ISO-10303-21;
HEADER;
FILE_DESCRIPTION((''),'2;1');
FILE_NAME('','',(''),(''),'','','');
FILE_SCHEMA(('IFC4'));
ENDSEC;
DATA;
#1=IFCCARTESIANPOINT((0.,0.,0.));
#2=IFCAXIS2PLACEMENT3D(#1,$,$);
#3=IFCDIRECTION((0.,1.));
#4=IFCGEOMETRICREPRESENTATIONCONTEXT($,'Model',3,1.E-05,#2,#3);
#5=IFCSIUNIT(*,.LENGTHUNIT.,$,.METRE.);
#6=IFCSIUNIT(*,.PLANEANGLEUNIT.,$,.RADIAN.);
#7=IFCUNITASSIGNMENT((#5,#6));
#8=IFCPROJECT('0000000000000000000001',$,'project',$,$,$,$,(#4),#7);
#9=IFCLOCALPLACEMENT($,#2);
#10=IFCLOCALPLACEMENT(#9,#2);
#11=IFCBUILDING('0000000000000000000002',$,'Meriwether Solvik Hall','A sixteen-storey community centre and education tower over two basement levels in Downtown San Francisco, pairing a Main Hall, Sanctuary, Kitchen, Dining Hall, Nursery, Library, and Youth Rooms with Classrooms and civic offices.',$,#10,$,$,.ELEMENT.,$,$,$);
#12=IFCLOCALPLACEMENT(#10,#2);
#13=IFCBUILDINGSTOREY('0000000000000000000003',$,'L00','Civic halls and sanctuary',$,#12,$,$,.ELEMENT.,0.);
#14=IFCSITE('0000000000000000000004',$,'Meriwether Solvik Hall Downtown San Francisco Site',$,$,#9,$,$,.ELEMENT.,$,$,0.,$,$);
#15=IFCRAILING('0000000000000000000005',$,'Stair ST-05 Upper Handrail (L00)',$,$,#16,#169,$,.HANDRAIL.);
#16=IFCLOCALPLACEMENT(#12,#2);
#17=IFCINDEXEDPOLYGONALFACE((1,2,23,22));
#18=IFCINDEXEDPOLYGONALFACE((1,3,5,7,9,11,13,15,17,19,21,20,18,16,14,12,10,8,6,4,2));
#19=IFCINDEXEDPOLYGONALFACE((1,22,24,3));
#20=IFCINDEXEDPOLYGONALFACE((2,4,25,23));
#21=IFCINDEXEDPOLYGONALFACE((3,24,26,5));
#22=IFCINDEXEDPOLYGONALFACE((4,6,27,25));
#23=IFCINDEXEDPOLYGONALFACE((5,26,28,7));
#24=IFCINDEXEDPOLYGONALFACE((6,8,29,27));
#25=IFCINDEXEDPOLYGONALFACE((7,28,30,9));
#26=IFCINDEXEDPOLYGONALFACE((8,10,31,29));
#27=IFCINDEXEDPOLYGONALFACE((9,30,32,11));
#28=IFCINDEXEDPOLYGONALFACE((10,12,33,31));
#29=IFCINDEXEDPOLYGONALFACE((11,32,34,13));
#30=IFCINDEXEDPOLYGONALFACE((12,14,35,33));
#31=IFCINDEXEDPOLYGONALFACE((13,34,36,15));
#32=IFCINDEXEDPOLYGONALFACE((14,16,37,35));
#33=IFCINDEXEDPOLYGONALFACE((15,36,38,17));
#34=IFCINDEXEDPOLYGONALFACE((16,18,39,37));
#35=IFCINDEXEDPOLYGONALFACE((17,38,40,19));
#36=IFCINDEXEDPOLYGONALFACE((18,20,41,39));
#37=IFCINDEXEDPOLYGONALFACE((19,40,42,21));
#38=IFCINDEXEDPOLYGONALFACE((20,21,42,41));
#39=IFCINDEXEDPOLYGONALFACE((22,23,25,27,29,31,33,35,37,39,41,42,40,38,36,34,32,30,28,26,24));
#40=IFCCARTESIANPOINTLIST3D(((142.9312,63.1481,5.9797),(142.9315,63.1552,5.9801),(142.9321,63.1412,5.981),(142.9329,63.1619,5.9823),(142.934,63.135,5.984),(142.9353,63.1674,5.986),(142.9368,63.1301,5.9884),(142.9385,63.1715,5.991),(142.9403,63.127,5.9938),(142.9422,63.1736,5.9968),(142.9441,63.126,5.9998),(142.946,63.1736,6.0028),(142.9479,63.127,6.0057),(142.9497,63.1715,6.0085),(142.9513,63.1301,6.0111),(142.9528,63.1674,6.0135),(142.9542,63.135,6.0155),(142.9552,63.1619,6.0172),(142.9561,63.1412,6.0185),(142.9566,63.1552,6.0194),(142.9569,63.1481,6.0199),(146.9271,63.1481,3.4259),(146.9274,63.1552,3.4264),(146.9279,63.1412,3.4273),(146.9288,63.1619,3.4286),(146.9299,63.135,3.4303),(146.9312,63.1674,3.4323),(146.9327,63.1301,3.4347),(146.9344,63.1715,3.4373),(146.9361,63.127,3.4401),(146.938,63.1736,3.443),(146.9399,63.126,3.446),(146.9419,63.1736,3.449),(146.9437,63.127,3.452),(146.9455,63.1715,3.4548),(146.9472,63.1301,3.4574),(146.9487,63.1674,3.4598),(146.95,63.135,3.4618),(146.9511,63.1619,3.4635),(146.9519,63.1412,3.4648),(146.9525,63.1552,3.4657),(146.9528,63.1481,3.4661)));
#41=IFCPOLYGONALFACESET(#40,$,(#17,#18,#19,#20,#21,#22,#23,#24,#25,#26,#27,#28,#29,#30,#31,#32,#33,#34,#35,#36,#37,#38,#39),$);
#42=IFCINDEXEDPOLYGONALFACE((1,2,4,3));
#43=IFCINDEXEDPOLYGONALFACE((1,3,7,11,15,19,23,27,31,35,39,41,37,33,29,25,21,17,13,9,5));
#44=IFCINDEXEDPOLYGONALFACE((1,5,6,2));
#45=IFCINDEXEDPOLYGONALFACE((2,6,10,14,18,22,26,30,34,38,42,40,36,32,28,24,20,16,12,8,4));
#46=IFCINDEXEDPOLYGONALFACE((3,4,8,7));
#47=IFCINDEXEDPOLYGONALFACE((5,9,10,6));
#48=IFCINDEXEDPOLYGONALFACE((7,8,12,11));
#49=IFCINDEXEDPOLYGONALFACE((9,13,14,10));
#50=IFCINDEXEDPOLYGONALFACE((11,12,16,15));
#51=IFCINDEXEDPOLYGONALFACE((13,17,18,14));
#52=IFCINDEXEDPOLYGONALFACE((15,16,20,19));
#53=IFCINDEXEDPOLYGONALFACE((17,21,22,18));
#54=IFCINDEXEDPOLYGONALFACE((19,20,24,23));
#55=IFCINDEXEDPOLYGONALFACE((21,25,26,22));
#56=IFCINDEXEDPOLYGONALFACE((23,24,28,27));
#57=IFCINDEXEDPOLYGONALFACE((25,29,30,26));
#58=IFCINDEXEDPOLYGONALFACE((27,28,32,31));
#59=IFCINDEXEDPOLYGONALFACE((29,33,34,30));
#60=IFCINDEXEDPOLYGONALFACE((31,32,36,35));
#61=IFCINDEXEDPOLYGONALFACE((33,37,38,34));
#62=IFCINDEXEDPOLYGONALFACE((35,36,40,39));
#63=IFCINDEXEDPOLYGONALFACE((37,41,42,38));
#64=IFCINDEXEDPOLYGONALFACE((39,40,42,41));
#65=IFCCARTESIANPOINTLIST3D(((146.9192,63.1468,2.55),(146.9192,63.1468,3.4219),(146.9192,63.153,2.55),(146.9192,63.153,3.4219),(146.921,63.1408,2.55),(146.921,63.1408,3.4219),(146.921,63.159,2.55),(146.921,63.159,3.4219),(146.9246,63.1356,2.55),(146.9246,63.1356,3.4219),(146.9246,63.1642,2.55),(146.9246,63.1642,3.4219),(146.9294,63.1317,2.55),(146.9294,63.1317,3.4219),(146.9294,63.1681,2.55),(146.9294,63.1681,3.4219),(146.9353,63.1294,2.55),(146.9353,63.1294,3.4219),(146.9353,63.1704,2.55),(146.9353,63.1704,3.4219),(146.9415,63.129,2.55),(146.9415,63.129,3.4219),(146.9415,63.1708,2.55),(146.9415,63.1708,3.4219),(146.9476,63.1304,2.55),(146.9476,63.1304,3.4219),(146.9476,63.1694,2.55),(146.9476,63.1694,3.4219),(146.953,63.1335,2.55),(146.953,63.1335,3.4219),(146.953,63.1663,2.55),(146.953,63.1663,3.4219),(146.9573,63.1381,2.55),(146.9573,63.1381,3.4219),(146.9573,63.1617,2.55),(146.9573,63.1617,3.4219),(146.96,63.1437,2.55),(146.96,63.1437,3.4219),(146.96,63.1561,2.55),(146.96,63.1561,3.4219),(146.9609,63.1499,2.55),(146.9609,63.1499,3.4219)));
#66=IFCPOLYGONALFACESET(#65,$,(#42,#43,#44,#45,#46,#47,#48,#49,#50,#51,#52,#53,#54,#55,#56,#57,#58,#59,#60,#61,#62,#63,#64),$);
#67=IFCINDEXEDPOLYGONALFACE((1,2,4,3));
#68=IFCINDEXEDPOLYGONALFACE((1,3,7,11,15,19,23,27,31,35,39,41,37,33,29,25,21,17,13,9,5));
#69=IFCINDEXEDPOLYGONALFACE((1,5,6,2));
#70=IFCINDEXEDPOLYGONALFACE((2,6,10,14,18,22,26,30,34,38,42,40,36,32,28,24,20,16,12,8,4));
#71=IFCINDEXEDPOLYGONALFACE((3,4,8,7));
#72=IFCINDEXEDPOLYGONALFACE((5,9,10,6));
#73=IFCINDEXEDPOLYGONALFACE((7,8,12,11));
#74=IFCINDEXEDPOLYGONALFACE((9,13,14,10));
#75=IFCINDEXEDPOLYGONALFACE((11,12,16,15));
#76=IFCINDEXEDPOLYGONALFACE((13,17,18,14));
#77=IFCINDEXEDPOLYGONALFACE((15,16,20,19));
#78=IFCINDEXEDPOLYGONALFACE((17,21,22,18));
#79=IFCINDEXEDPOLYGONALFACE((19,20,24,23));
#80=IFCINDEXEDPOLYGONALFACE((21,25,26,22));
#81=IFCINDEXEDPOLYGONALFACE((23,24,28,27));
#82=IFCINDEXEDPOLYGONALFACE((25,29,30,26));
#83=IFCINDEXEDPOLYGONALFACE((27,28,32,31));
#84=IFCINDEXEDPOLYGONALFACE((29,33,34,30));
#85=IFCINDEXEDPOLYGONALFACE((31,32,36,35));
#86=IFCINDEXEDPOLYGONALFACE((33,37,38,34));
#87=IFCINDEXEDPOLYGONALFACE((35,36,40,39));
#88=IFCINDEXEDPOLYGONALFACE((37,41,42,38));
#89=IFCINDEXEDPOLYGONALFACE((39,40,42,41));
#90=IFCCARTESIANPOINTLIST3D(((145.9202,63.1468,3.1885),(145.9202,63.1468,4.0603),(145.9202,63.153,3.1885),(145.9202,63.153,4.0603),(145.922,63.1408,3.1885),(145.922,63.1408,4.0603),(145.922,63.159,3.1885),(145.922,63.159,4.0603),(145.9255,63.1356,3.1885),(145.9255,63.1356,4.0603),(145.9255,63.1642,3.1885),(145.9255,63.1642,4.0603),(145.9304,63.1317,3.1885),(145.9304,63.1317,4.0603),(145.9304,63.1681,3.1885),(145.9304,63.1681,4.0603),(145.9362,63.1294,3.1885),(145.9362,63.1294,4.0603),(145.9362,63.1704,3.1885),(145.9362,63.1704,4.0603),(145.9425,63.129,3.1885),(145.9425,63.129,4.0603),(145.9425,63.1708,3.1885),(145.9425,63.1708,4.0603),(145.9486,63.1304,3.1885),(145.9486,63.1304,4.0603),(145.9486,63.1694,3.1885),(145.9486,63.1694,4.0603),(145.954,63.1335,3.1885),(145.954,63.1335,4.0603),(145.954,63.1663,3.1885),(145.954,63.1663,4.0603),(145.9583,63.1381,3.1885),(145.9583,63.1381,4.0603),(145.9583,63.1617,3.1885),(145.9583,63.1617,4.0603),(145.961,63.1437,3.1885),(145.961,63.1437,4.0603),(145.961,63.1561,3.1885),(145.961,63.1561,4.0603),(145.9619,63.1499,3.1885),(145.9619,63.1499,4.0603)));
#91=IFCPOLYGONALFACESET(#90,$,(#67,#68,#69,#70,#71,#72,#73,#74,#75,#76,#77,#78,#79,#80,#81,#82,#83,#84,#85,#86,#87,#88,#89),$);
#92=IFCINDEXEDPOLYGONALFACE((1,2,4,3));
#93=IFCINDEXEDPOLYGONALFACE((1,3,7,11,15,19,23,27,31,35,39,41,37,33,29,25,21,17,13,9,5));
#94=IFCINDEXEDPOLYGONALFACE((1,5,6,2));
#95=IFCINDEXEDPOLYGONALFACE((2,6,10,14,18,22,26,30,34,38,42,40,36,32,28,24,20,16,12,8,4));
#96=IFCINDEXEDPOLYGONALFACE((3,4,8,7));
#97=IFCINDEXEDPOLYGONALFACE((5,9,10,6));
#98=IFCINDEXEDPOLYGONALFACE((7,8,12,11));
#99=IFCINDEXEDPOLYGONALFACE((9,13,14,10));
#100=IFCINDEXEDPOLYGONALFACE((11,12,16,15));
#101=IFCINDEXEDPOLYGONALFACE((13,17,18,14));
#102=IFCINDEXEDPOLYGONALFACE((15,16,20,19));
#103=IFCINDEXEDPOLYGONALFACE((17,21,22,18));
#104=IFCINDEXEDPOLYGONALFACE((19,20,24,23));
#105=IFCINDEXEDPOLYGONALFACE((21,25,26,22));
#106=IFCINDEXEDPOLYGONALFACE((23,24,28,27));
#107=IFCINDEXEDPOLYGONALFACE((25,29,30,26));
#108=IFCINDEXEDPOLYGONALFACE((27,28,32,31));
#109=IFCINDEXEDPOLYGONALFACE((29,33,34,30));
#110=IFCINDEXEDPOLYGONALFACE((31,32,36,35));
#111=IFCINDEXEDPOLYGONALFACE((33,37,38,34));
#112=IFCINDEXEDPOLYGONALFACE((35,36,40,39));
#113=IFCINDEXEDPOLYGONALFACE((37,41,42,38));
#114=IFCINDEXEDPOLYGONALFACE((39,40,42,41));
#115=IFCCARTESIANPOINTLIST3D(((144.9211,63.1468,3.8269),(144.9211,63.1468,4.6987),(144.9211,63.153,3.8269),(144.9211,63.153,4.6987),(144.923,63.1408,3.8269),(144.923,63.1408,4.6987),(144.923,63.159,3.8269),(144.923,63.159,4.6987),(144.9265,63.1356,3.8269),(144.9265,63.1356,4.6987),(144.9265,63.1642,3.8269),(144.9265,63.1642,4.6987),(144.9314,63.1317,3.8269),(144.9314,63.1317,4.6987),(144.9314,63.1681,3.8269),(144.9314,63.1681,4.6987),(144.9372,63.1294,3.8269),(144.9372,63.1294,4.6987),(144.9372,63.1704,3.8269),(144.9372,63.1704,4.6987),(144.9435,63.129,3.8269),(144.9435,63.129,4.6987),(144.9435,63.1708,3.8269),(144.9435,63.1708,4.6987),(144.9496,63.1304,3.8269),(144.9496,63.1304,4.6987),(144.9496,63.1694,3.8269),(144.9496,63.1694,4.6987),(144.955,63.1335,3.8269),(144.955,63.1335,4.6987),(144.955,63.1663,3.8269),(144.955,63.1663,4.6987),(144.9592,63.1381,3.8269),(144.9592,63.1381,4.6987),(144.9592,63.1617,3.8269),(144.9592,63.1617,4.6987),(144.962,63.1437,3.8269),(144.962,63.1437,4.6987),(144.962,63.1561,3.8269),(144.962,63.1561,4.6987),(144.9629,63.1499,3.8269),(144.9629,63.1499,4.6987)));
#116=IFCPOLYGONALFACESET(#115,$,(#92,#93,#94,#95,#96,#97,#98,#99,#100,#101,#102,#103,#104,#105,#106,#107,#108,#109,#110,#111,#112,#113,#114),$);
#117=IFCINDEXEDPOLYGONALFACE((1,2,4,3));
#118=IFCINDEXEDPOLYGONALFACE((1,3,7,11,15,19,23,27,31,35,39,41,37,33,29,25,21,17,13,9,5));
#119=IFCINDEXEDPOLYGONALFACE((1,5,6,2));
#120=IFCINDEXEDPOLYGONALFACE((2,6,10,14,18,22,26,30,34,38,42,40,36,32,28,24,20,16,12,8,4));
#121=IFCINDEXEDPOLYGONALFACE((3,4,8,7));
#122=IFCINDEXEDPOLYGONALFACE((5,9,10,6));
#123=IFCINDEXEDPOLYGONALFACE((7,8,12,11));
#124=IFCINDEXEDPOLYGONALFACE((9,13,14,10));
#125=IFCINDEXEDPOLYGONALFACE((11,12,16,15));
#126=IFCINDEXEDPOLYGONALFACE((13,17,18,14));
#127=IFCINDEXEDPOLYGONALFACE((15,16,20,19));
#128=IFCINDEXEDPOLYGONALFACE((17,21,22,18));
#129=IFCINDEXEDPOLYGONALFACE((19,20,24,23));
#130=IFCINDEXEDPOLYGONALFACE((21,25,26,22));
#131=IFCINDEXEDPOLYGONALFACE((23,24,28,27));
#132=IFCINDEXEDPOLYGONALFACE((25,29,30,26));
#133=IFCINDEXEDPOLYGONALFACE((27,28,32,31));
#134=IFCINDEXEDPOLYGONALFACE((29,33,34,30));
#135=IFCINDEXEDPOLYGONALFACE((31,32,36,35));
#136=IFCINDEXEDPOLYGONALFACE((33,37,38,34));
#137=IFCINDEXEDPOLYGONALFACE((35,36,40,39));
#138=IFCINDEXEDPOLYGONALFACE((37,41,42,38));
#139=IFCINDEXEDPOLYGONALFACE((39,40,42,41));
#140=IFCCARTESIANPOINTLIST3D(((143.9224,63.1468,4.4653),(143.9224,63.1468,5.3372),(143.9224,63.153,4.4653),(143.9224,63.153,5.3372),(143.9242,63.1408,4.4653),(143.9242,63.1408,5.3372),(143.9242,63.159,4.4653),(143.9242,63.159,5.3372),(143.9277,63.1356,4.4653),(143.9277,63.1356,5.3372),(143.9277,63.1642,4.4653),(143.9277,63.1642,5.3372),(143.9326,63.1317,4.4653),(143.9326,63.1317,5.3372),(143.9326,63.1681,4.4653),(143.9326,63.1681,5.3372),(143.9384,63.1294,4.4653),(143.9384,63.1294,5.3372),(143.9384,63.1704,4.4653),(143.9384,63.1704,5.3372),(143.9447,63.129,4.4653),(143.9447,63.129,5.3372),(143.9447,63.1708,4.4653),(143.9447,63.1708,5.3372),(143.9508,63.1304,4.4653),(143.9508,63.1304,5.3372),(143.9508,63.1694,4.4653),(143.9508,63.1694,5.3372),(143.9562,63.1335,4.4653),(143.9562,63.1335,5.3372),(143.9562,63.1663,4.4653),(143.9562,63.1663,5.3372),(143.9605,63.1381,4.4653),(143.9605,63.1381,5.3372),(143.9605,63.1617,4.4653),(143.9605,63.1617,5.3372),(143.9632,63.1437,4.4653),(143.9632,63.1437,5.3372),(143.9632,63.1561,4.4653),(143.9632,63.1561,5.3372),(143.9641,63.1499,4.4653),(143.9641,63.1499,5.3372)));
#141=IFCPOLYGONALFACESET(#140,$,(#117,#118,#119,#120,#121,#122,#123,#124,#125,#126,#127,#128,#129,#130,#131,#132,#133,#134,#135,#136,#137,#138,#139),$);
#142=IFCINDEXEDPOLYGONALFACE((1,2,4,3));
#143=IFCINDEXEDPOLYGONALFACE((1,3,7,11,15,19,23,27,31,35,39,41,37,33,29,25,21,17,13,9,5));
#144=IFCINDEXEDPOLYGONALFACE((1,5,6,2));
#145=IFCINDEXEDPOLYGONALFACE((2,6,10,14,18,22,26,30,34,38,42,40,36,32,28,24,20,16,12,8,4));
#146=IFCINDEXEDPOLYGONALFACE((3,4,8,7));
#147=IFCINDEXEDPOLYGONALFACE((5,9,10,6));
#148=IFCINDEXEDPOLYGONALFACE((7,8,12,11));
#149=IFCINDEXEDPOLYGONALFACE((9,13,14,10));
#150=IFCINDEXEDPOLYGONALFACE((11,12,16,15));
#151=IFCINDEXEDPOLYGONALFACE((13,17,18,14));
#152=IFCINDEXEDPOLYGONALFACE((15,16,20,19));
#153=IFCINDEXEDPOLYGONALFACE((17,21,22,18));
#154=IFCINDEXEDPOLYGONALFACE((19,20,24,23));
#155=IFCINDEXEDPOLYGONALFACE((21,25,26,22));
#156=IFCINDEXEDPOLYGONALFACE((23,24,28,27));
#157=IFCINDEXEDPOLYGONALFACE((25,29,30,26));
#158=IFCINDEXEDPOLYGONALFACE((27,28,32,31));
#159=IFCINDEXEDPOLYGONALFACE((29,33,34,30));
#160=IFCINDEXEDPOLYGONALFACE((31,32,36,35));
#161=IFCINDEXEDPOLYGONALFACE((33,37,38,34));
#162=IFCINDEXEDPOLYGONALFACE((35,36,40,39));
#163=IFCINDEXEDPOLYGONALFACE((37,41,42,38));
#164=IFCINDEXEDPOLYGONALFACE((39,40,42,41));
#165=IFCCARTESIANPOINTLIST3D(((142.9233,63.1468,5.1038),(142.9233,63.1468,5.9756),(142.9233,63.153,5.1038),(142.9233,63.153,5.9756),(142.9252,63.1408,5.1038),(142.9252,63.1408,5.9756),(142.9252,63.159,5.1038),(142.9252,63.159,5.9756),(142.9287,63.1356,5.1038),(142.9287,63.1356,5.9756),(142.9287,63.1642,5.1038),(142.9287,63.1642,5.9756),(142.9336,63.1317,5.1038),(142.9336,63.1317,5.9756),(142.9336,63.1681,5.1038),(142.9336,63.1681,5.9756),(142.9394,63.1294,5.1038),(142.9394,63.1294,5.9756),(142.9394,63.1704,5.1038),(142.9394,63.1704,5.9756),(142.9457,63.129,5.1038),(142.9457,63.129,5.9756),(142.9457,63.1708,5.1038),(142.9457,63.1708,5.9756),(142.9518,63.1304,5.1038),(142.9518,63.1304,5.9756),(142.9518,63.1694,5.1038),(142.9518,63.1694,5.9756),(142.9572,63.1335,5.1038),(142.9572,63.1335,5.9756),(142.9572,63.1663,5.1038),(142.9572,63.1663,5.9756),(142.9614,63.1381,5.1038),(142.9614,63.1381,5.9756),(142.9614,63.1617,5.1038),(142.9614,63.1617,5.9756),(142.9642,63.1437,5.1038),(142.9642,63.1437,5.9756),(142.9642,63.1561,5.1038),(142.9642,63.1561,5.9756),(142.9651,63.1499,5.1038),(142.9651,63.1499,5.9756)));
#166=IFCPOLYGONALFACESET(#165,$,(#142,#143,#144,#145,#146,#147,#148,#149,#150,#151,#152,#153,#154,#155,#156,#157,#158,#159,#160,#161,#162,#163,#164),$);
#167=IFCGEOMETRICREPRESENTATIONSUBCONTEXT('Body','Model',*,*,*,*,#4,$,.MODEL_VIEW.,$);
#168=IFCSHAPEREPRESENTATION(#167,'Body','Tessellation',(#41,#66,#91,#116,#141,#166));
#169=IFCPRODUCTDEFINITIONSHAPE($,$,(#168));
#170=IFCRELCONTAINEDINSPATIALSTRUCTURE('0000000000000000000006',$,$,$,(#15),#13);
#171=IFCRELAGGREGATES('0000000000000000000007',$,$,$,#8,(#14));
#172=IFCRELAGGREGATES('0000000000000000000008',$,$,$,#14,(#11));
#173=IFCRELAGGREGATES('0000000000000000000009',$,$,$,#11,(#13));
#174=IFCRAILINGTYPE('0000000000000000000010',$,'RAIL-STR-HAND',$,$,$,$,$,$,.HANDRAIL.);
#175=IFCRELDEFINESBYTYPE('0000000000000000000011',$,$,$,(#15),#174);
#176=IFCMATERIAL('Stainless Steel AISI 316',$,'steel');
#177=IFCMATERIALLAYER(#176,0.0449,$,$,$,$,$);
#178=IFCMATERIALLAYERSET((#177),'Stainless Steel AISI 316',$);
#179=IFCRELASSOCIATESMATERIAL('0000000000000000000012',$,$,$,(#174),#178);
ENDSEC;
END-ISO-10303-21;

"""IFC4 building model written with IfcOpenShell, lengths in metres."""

from ifc_helpers import new_model, si_unit, direction, frame, origin, origin_2d, place, context, subcontext, project, spatial, circle, extrude, material, layer, layer_set, type_object, element, save


model = new_model("IFC4")

# Units and contexts
model_context = context("Model", 3, precision=1e-05, world=origin(), true_north=direction((0.0, 1.0)))
body_context = subcontext(model_context, "Body", "Model", "MODEL_VIEW")
ifc_project = project(units=[si_unit("LENGTHUNIT", "METRE"), si_unit("PLANEANGLEUNIT", "RADIAN")], contexts=[model_context])

# Site, building, storey
site_placement = place(None, origin())
site = spatial("IfcSite", under=ifc_project, at=site_placement, Name="Meriwether Solvik Hall Downtown San Francisco Site", CompositionType="ELEMENT", RefElevation=0.0)
building_placement = place(site_placement, origin())
building = spatial("IfcBuilding", under=site, at=building_placement, Name="Meriwether Solvik Hall", Description="A sixteen-storey community centre and education tower over two basement levels in Downtown San Francisco, pairing a Main Hall, Sanctuary, Kitchen, Dining Hall, Nursery, Library, and Youth Rooms with Classrooms and civic offices.", CompositionType="ELEMENT")
storey_placement = place(building_placement, origin())
storey = spatial("IfcBuildingStorey", under=building, at=storey_placement, Name="L00", Description="Civic halls and sanctuary", CompositionType="ELEMENT", Elevation=0.0)

# Railing
ifc_material_1 = material(Name="Stainless Steel AISI 316", Category="steel")
ifc_layer_1 = layer(ifc_material_1, 0.0449)
ifc_layer_set_1 = layer_set([ifc_layer_1], Name="Stainless Steel AISI 316")
railing_type_1 = type_object("IfcRailingType", Name="RAIL-STR-HAND", PredefinedType="HANDRAIL", material=ifc_layer_set_1)
railing_1_placement = place(storey_placement, frame((146.9399, 63.1499, 2.55)))
element("IfcRailing", 1, at=railing_1_placement, inside=storey, type_object=railing_type_1, Name="Stair ST-05 Upper Handrail (L00)", PredefinedType="HANDRAIL", context=body_context, shape_type="SweptSolid", body=[
    extrude(circle(Radius=0.0239, at=origin_2d()), frame((0.0, 0.0, 0.896), z_axis=(-0.842619, 0.0, 0.53851), x_axis=(0.0, -1.0, 0.0)), (0.0, 0.0, 1.0), 4.7422),
    extrude(circle(Radius=0.021, at=origin_2d()), origin(), (0.0, 0.0, 1.0), 0.8718),
    extrude(circle(Radius=0.021, at=origin_2d()), frame((-0.999, 0.0, 0.6384)), (0.0, 0.0, 1.0), 0.8718),
    extrude(circle(Radius=0.021, at=origin_2d()), frame((-1.998, 0.0, 1.2769)), (0.0, 0.0, 1.0), 0.8718),
    extrude(circle(Radius=0.021, at=origin_2d()), frame((-2.9968, 0.0, 1.9153)), (0.0, 0.0, 1.0), 0.8718),
    extrude(circle(Radius=0.021, at=origin_2d()), frame((-3.9958, 0.0, 2.5537)), (0.0, 0.0, 1.0), 0.8718),
])

save(model, "model.ifc")
